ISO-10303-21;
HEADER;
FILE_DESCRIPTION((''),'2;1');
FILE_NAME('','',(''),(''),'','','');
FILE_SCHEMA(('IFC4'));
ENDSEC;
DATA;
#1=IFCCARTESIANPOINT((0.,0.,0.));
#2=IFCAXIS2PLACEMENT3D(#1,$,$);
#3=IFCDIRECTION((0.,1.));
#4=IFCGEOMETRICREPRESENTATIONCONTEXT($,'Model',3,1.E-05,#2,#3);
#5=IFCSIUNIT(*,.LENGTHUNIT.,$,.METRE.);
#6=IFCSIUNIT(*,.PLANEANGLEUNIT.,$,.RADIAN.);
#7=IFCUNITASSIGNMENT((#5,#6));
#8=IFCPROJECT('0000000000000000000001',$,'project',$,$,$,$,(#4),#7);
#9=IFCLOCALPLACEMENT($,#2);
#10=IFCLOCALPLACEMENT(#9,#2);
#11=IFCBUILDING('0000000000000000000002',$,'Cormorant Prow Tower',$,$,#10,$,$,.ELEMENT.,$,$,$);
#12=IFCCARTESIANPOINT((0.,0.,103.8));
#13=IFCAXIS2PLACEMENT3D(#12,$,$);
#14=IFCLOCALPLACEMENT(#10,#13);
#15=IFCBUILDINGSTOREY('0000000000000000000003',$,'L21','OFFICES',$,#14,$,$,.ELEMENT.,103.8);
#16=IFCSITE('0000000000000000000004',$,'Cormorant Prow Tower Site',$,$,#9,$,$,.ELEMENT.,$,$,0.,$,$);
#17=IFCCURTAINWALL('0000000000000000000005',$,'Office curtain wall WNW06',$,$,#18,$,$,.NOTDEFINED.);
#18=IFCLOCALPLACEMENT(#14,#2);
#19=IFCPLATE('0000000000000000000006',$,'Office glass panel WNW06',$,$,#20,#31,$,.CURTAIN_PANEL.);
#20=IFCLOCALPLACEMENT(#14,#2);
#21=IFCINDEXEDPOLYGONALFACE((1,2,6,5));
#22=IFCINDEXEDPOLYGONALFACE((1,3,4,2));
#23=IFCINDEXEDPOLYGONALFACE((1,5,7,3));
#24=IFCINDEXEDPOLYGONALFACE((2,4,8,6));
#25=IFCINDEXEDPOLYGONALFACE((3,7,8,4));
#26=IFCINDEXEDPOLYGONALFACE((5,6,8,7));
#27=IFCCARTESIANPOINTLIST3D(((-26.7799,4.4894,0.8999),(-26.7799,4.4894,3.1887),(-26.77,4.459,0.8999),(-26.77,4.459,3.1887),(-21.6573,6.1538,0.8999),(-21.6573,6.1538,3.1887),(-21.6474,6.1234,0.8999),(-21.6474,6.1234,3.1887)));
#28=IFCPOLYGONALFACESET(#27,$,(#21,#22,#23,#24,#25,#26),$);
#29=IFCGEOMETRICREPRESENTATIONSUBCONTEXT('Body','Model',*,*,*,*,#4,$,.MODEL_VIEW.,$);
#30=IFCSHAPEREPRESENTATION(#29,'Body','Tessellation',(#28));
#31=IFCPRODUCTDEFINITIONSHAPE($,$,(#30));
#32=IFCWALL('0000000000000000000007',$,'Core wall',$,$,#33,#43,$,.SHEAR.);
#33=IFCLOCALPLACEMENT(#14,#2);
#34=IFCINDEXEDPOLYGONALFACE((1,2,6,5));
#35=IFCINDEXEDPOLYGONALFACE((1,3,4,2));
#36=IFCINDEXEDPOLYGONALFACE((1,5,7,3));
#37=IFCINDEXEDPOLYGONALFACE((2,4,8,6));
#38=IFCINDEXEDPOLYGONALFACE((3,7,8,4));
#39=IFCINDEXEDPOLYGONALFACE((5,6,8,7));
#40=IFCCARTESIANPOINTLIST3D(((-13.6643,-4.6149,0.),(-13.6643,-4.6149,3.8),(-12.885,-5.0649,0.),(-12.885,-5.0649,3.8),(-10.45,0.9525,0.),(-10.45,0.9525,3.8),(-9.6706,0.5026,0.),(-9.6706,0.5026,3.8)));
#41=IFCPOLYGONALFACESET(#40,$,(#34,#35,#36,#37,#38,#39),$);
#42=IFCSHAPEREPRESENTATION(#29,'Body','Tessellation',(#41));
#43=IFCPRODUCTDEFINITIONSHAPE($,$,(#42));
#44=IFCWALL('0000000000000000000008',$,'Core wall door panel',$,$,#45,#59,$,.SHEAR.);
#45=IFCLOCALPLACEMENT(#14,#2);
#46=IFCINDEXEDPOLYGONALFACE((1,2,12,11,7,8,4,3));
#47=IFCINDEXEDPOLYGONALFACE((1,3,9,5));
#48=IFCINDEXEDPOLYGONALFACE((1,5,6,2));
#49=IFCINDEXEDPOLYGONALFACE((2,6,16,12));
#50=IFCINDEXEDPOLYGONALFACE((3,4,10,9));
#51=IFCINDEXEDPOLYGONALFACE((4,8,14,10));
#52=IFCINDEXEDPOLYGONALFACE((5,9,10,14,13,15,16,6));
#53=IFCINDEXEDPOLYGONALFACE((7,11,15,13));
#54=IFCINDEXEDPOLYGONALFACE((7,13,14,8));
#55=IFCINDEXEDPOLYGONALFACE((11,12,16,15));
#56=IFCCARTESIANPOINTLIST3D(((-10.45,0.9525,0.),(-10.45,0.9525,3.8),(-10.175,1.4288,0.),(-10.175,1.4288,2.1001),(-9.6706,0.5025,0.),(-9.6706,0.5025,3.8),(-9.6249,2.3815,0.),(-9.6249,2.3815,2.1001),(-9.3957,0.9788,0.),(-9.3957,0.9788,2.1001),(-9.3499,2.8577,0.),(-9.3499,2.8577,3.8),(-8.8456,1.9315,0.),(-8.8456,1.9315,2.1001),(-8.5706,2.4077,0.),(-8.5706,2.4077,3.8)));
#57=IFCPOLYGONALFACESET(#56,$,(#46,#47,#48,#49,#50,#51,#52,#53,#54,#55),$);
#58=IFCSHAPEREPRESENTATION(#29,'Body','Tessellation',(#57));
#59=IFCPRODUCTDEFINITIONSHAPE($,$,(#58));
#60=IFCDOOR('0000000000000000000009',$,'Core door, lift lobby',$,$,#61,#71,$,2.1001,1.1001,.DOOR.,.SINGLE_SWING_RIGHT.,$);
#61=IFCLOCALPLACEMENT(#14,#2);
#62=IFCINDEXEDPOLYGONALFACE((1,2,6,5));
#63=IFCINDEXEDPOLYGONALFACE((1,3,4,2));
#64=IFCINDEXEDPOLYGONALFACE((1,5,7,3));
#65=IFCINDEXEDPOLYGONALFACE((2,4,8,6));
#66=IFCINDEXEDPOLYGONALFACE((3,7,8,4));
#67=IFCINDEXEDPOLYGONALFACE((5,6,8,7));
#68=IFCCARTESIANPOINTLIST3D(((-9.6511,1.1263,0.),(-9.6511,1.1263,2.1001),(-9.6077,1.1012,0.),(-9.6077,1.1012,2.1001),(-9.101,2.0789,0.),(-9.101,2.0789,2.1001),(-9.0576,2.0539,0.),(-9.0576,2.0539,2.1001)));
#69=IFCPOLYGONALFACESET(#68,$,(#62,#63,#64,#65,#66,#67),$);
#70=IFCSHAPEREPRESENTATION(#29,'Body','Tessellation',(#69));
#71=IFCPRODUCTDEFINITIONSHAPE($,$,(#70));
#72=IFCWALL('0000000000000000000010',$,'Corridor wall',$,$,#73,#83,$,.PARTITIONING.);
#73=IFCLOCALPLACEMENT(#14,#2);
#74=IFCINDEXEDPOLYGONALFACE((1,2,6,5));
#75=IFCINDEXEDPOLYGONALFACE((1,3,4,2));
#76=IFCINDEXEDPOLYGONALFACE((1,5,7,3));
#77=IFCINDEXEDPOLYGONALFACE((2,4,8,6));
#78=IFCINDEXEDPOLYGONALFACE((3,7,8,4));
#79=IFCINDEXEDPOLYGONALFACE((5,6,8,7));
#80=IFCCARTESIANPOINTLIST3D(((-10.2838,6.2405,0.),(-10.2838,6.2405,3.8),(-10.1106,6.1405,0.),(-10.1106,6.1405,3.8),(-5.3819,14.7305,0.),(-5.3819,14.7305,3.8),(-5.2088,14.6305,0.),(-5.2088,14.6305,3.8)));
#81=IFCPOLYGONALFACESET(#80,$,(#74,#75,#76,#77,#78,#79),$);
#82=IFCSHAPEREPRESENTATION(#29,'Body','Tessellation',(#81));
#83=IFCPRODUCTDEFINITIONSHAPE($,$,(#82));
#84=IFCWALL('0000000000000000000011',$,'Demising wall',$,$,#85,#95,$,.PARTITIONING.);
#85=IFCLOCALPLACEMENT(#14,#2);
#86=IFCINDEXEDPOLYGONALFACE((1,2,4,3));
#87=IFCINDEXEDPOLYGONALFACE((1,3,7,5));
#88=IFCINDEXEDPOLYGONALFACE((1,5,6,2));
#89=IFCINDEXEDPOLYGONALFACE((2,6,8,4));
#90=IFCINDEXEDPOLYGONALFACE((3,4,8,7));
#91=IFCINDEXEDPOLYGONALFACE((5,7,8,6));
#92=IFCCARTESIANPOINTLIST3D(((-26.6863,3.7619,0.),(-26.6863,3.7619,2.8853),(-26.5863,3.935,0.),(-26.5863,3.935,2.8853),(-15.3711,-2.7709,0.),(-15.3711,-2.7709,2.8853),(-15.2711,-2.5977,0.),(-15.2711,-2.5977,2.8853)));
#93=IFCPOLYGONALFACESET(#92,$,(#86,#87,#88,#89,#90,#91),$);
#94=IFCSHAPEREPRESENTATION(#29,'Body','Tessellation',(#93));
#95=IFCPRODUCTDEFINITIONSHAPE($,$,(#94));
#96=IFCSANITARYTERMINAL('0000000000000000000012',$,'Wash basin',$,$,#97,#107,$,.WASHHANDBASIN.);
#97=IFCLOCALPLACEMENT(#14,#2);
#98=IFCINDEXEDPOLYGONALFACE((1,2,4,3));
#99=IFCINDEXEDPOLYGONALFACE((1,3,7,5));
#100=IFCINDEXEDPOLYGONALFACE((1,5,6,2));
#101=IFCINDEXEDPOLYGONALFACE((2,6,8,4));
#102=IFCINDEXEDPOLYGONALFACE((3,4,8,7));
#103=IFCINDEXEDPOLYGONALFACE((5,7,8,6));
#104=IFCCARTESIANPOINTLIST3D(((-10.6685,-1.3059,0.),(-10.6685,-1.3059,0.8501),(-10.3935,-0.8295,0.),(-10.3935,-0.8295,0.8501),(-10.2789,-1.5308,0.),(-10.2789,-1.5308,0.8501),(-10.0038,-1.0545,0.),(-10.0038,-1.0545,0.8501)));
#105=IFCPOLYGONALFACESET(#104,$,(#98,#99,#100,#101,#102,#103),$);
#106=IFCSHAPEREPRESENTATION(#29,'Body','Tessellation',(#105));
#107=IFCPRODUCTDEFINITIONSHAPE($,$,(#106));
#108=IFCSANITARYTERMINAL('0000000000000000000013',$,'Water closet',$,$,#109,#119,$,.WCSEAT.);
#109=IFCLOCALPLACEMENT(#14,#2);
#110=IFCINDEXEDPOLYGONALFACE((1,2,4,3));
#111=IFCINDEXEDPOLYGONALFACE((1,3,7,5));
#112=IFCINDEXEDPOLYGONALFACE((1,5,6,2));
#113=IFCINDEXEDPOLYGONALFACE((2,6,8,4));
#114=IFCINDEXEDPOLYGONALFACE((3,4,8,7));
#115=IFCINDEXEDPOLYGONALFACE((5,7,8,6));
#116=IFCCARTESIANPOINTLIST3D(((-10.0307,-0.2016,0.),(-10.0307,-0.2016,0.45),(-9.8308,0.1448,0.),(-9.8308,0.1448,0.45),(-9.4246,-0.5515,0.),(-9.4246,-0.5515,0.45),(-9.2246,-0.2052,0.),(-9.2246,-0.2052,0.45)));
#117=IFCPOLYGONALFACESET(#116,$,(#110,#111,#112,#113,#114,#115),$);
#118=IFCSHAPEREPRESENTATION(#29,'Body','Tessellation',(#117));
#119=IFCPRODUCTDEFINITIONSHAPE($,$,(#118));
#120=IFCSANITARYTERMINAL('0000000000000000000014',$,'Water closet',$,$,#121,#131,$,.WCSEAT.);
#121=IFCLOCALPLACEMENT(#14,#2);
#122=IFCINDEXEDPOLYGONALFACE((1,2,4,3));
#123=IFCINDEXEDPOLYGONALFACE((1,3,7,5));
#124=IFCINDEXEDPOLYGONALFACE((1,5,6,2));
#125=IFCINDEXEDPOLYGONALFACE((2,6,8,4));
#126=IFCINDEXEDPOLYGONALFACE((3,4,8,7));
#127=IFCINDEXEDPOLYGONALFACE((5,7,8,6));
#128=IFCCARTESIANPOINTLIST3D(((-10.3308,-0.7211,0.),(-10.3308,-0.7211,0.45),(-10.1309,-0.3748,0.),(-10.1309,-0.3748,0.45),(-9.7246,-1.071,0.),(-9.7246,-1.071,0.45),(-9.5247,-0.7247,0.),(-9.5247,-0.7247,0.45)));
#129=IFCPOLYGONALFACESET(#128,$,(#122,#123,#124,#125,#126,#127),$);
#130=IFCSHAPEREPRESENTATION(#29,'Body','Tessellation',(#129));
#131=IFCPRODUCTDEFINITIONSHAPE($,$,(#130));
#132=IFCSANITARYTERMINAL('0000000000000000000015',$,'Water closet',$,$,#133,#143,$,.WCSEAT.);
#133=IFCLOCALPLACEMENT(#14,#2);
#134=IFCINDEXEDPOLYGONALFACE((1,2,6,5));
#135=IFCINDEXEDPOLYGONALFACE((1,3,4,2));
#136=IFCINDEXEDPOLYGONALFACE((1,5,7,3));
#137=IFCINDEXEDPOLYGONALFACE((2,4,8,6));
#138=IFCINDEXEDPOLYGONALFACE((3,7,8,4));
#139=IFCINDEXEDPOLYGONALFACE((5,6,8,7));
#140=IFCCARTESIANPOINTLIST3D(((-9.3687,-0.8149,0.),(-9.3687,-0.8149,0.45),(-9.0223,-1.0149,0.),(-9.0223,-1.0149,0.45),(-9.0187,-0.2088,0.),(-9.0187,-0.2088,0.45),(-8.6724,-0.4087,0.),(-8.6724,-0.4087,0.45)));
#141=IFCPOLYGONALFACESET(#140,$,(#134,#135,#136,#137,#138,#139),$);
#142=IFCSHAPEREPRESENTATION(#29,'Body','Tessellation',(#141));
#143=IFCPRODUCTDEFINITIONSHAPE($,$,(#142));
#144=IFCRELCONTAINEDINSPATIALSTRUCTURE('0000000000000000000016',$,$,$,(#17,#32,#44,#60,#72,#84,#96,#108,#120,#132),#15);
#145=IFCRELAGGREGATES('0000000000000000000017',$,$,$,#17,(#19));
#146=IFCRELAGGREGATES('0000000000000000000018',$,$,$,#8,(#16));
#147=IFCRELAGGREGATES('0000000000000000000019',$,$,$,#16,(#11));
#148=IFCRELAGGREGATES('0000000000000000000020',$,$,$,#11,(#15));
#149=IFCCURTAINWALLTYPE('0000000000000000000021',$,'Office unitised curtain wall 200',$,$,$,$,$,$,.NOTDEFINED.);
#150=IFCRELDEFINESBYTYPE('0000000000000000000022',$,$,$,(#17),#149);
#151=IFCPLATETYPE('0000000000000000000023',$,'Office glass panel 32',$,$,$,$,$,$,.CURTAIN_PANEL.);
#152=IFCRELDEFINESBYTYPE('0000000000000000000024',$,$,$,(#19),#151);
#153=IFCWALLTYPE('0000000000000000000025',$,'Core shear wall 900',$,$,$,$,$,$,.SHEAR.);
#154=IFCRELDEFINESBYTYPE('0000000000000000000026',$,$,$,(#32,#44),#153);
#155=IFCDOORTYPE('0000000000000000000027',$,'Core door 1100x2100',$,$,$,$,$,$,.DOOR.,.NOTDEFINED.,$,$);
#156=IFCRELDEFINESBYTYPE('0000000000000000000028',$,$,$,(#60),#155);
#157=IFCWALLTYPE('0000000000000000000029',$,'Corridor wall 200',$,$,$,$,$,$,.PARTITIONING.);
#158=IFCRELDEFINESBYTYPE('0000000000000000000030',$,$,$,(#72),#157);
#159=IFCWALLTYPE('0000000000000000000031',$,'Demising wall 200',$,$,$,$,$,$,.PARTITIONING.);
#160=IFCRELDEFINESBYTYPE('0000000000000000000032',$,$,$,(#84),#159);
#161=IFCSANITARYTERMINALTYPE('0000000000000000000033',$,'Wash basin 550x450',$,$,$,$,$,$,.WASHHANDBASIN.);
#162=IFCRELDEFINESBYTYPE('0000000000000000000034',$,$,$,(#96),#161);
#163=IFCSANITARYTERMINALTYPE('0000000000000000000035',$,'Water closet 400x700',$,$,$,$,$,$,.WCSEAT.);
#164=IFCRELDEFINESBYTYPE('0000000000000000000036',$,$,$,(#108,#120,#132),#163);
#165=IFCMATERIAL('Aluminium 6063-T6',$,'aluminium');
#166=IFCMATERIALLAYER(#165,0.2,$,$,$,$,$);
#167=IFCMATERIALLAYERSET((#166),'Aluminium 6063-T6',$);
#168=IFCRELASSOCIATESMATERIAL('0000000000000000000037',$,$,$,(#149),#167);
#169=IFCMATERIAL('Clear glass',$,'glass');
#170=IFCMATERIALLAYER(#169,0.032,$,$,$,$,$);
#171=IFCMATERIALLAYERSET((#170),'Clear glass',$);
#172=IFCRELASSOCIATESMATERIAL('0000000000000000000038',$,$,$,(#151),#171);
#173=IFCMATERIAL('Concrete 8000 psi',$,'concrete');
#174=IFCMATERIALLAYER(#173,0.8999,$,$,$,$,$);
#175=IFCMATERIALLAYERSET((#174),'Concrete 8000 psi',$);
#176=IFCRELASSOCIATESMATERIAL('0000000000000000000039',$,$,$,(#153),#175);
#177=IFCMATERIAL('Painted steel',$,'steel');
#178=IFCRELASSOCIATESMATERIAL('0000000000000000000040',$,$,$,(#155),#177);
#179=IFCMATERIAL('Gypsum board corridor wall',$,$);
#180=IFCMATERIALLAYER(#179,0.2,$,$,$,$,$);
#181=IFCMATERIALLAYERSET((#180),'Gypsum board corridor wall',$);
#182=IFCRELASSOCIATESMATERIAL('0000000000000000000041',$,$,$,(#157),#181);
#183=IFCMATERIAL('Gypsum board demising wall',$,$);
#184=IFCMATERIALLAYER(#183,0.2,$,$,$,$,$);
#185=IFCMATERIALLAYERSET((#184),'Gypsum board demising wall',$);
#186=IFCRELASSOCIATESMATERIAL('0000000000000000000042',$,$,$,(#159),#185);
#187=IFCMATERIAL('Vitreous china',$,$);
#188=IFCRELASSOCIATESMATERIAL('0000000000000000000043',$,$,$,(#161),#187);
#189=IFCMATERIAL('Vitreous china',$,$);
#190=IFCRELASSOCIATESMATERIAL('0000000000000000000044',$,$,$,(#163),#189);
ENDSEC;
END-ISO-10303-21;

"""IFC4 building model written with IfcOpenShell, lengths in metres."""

from ifc_helpers import new_model, si_unit, direction, frame, frame_2d, origin, origin_2d, place, context, subcontext, project, spatial, rectangle, extrude, material, layer, layer_set, type_object, element, fill, aggregate, save


model = new_model("IFC4")

# Units and contexts
model_context = context("Model", 3, precision=1e-05, world=origin(), true_north=direction((0.0, 1.0)))
body_context = subcontext(model_context, "Body", "Model", "MODEL_VIEW")
ifc_project = project(units=[si_unit("LENGTHUNIT", "METRE"), si_unit("PLANEANGLEUNIT", "RADIAN")], contexts=[model_context])

# Site, building, storey
site_placement = place(None, origin())
site = spatial("IfcSite", under=ifc_project, at=site_placement, Name="Cormorant Prow Tower Site", CompositionType="ELEMENT", RefElevation=0.0)
building_placement = place(site_placement, origin())
building = spatial("IfcBuilding", under=site, at=building_placement, Name="Cormorant Prow Tower", CompositionType="ELEMENT")
storey_placement = place(building_placement, frame((0.0, 0.0, 103.8)))
storey = spatial("IfcBuildingStorey", under=building, at=storey_placement, Name="L21", Description="OFFICES", CompositionType="ELEMENT", Elevation=103.8)

# Curtain wall
ifc_material_1 = material(Name="Aluminium 6063-T6", Category="aluminium")
ifc_layer_1 = layer(ifc_material_1, 0.2)
ifc_layer_set_1 = layer_set([ifc_layer_1], Name="Aluminium 6063-T6")
curtain_wall_type = type_object("IfcCurtainWallType", Name="Office unitised curtain wall 200", PredefinedType="NOTDEFINED", material=ifc_layer_set_1)
curtain_wall_placement = place(storey_placement, origin())
curtain_wall = element("IfcCurtainWall", 1, at=curtain_wall_placement, inside=storey, type_object=curtain_wall_type, Name="Office curtain wall WNW06", PredefinedType="NOTDEFINED")

# Plate
ifc_material_2 = material(Name="Clear glass", Category="glass")
ifc_layer_2 = layer(ifc_material_2, 0.032)
ifc_layer_set_2 = layer_set([ifc_layer_2], Name="Clear glass")
plate_type = type_object("IfcPlateType", Name="Office glass panel 32", PredefinedType="CURTAIN_PANEL", material=ifc_layer_set_2)
plate_placement = place(storey_placement, frame((-24.2136, 5.3064, 0.8999), z_axis=(0.0, 0.0, 1.0), x_axis=(-0.951057, -0.309017, 0.0)))
plate = element("IfcPlate", 2, at=plate_placement, type_object=plate_type, Name="Office glass panel WNW06", PredefinedType="CURTAIN_PANEL", context=body_context, shape_type="SweptSolid", body=[
    extrude(rectangle(XDim=5.3862, YDim=0.032, at=origin_2d()), origin(), (0.0, 0.0, 1.0), 2.2888),
])
aggregate(curtain_wall, [plate])

# Wall
ifc_material_3 = material(Name="Concrete 8000 psi", Category="concrete")
ifc_layer_3 = layer(ifc_material_3, 0.8999)
ifc_layer_set_3 = layer_set([ifc_layer_3], Name="Concrete 8000 psi")
wall_type_1 = type_object("IfcWallType", Name="Core shear wall 900", PredefinedType="SHEAR", material=ifc_layer_set_3)
wall_1_placement = place(storey_placement, frame((-10.0603, 0.7275, 0.0), z_axis=(0.0, 0.0, 1.0), x_axis=(-0.500003, -0.866024, 0.0)))
element("IfcWall", 3, at=wall_1_placement, inside=storey, type_object=wall_type_1, Name="Core wall", PredefinedType="SHEAR", context=body_context, shape_type="SweptSolid", body=[
    extrude(rectangle(XDim=6.4287, YDim=0.8999, at=frame_2d((3.2144, 0.0))), origin(), (0.0, 0.0, 1.0), 3.8),
])

# Wall, opening, door
wall_2_placement = place(storey_placement, frame((-8.9602, 2.6328, 0.0), z_axis=(0.0, 0.0, 1.0), x_axis=(-0.50003, -0.866008, 0.0)))
wall_2 = element("IfcWall", 4, at=wall_2_placement, inside=storey, type_object=wall_type_1, Name="Core wall door panel", PredefinedType="SHEAR", context=body_context, shape_type="SweptSolid", body=[
    extrude(rectangle(XDim=2.2, YDim=0.8999, at=frame_2d((1.1001, 0.0))), origin(), (0.0, 0.0, 1.0), 3.8),
])
opening_1_placement = place(wall_2_placement, frame((0.55, 0.0, 0.0)))
opening_1 = element("IfcOpeningElement", 5, at=opening_1_placement, cuts=wall_2, PredefinedType="OPENING", context=body_context, shape_type="SweptSolid", body=[
    extrude(rectangle(XDim=1.1001, YDim=2.1001, at=frame_2d((0.55, 1.05))), frame((0.0, 0.46, 0.0), z_axis=(0.0, -1.0, 0.0), x_axis=(1.0, 0.0, 0.0)), (0.0, 0.0, 1.0), 0.9199),
])
ifc_material_4 = material(Name="Painted steel", Category="steel")
door_type_1 = type_object("IfcDoorType", Name="Core door 1100x2100", OperationType="NOTDEFINED", PredefinedType="DOOR", material=ifc_material_4)
door_1_placement = place(opening_1_placement, origin())
door_1 = element("IfcDoor", 6, at=door_1_placement, inside=storey, type_object=door_type_1, Name="Core door, lift lobby", OperationType="SINGLE_SWING_RIGHT", OverallHeight=2.1001, OverallWidth=1.1001, PredefinedType="DOOR", context=body_context, shape_type="SweptSolid", body=[
    extrude(rectangle(XDim=1.1001, YDim=2.1001, at=frame_2d((0.55, 1.05))), frame((0.0, 0.2051, 0.0), z_axis=(0.0, -1.0, 0.0), x_axis=(1.0, 0.0, 0.0)), (0.0, 0.0, 1.0), 0.05),
])
fill(opening_1, door_1)

# Walls
ifc_material_5 = material(Name="Gypsum board corridor wall")
ifc_layer_4 = layer(ifc_material_5, 0.2)
ifc_layer_set_4 = layer_set([ifc_layer_4], Name="Gypsum board corridor wall")
wall_type_2 = type_object("IfcWallType", Name="Corridor wall 200", PredefinedType="PARTITIONING", material=ifc_layer_set_4)
wall_3_placement = place(storey_placement, frame((-10.1973, 6.1904, 0.0), z_axis=(0.0, 0.0, 1.0), x_axis=(0.500012, 0.866018, 0.0)))
element("IfcWall", 7, at=wall_3_placement, inside=storey, type_object=wall_type_2, Name="Corridor wall", PredefinedType="PARTITIONING", context=body_context, shape_type="SweptSolid", body=[
    extrude(rectangle(XDim=9.8035, YDim=0.2, at=frame_2d((4.9019, 0.0))), origin(), (0.0, 0.0, 1.0), 3.8),
])
ifc_material_6 = material(Name="Gypsum board demising wall")
ifc_layer_5 = layer(ifc_material_6, 0.2)
ifc_layer_set_5 = layer_set([ifc_layer_5], Name="Gypsum board demising wall")
wall_type_3 = type_object("IfcWallType", Name="Demising wall 200", PredefinedType="PARTITIONING", material=ifc_layer_set_5)
wall_4_placement = place(storey_placement, frame((-26.6362, 3.8484, 0.0), z_axis=(0.0, 0.0, 1.0), x_axis=(0.866029, -0.499994, 0.0)))
element("IfcWall", 8, at=wall_4_placement, inside=storey, type_object=wall_type_3, Name="Demising wall", PredefinedType="PARTITIONING", context=body_context, shape_type="SweptSolid", body=[
    extrude(rectangle(XDim=13.0657, YDim=0.2, at=frame_2d((6.5327, 0.0))), origin(), (0.0, 0.0, 1.0), 2.8853),
])

# Sanitary terminals
ifc_material_7 = material(Name="Vitreous china")
sanitary_terminal_type_1 = type_object("IfcSanitaryTerminalType", Name="Wash basin 550x450", PredefinedType="WASHHANDBASIN", material=ifc_material_7)
sanitary_terminal_placement = place(storey_placement, frame((-10.3362, -1.1802, 0.0), z_axis=(0.0, 0.0, 1.0), x_axis=(-0.499985, -0.866034, 0.0)))
element("IfcSanitaryTerminal", 9, at=sanitary_terminal_placement, inside=storey, type_object=sanitary_terminal_type_1, Name="Wash basin", PredefinedType="WASHHANDBASIN", context=body_context, shape_type="SweptSolid", body=[
    extrude(rectangle(XDim=0.55, YDim=0.45, at=origin_2d()), origin(), (0.0, 0.0, 1.0), 0.8501),
])
ifc_material_8 = material(Name="Vitreous china")
sanitary_terminal_type_2 = type_object("IfcSanitaryTerminalType", Name="Water closet 400x700", PredefinedType="WCSEAT", material=ifc_material_8)
for number, where, z_axis, x_axis, name in (
    (10, (-9.6277, -0.2034, 0.0), (0.0, 0.0, 1.0), (-0.499985, -0.866034, 0.0), "Water closet"),
    (11, (-9.9277, -0.7229, 0.0), (0.0, 0.0, 1.0), (-0.499985, -0.866034, 0.0), "Water closet"),
    (12, (-9.0205, -0.6118, 0.0), (0.0, 0.0, 1.0), (-0.866034, 0.499985, 0.0), "Water closet"),
):
    element("IfcSanitaryTerminal", number, at=place(storey_placement, frame(where, z_axis=z_axis, x_axis=x_axis)), inside=storey, type_object=sanitary_terminal_type_2, Name=name, PredefinedType="WCSEAT", context=body_context, shape_type="SweptSolid", body=[
        extrude(rectangle(XDim=0.3999, YDim=0.7, at=origin_2d()), origin(), (0.0, 0.0, 1.0), 0.45),
    ])

save(model, "model.ifc")
